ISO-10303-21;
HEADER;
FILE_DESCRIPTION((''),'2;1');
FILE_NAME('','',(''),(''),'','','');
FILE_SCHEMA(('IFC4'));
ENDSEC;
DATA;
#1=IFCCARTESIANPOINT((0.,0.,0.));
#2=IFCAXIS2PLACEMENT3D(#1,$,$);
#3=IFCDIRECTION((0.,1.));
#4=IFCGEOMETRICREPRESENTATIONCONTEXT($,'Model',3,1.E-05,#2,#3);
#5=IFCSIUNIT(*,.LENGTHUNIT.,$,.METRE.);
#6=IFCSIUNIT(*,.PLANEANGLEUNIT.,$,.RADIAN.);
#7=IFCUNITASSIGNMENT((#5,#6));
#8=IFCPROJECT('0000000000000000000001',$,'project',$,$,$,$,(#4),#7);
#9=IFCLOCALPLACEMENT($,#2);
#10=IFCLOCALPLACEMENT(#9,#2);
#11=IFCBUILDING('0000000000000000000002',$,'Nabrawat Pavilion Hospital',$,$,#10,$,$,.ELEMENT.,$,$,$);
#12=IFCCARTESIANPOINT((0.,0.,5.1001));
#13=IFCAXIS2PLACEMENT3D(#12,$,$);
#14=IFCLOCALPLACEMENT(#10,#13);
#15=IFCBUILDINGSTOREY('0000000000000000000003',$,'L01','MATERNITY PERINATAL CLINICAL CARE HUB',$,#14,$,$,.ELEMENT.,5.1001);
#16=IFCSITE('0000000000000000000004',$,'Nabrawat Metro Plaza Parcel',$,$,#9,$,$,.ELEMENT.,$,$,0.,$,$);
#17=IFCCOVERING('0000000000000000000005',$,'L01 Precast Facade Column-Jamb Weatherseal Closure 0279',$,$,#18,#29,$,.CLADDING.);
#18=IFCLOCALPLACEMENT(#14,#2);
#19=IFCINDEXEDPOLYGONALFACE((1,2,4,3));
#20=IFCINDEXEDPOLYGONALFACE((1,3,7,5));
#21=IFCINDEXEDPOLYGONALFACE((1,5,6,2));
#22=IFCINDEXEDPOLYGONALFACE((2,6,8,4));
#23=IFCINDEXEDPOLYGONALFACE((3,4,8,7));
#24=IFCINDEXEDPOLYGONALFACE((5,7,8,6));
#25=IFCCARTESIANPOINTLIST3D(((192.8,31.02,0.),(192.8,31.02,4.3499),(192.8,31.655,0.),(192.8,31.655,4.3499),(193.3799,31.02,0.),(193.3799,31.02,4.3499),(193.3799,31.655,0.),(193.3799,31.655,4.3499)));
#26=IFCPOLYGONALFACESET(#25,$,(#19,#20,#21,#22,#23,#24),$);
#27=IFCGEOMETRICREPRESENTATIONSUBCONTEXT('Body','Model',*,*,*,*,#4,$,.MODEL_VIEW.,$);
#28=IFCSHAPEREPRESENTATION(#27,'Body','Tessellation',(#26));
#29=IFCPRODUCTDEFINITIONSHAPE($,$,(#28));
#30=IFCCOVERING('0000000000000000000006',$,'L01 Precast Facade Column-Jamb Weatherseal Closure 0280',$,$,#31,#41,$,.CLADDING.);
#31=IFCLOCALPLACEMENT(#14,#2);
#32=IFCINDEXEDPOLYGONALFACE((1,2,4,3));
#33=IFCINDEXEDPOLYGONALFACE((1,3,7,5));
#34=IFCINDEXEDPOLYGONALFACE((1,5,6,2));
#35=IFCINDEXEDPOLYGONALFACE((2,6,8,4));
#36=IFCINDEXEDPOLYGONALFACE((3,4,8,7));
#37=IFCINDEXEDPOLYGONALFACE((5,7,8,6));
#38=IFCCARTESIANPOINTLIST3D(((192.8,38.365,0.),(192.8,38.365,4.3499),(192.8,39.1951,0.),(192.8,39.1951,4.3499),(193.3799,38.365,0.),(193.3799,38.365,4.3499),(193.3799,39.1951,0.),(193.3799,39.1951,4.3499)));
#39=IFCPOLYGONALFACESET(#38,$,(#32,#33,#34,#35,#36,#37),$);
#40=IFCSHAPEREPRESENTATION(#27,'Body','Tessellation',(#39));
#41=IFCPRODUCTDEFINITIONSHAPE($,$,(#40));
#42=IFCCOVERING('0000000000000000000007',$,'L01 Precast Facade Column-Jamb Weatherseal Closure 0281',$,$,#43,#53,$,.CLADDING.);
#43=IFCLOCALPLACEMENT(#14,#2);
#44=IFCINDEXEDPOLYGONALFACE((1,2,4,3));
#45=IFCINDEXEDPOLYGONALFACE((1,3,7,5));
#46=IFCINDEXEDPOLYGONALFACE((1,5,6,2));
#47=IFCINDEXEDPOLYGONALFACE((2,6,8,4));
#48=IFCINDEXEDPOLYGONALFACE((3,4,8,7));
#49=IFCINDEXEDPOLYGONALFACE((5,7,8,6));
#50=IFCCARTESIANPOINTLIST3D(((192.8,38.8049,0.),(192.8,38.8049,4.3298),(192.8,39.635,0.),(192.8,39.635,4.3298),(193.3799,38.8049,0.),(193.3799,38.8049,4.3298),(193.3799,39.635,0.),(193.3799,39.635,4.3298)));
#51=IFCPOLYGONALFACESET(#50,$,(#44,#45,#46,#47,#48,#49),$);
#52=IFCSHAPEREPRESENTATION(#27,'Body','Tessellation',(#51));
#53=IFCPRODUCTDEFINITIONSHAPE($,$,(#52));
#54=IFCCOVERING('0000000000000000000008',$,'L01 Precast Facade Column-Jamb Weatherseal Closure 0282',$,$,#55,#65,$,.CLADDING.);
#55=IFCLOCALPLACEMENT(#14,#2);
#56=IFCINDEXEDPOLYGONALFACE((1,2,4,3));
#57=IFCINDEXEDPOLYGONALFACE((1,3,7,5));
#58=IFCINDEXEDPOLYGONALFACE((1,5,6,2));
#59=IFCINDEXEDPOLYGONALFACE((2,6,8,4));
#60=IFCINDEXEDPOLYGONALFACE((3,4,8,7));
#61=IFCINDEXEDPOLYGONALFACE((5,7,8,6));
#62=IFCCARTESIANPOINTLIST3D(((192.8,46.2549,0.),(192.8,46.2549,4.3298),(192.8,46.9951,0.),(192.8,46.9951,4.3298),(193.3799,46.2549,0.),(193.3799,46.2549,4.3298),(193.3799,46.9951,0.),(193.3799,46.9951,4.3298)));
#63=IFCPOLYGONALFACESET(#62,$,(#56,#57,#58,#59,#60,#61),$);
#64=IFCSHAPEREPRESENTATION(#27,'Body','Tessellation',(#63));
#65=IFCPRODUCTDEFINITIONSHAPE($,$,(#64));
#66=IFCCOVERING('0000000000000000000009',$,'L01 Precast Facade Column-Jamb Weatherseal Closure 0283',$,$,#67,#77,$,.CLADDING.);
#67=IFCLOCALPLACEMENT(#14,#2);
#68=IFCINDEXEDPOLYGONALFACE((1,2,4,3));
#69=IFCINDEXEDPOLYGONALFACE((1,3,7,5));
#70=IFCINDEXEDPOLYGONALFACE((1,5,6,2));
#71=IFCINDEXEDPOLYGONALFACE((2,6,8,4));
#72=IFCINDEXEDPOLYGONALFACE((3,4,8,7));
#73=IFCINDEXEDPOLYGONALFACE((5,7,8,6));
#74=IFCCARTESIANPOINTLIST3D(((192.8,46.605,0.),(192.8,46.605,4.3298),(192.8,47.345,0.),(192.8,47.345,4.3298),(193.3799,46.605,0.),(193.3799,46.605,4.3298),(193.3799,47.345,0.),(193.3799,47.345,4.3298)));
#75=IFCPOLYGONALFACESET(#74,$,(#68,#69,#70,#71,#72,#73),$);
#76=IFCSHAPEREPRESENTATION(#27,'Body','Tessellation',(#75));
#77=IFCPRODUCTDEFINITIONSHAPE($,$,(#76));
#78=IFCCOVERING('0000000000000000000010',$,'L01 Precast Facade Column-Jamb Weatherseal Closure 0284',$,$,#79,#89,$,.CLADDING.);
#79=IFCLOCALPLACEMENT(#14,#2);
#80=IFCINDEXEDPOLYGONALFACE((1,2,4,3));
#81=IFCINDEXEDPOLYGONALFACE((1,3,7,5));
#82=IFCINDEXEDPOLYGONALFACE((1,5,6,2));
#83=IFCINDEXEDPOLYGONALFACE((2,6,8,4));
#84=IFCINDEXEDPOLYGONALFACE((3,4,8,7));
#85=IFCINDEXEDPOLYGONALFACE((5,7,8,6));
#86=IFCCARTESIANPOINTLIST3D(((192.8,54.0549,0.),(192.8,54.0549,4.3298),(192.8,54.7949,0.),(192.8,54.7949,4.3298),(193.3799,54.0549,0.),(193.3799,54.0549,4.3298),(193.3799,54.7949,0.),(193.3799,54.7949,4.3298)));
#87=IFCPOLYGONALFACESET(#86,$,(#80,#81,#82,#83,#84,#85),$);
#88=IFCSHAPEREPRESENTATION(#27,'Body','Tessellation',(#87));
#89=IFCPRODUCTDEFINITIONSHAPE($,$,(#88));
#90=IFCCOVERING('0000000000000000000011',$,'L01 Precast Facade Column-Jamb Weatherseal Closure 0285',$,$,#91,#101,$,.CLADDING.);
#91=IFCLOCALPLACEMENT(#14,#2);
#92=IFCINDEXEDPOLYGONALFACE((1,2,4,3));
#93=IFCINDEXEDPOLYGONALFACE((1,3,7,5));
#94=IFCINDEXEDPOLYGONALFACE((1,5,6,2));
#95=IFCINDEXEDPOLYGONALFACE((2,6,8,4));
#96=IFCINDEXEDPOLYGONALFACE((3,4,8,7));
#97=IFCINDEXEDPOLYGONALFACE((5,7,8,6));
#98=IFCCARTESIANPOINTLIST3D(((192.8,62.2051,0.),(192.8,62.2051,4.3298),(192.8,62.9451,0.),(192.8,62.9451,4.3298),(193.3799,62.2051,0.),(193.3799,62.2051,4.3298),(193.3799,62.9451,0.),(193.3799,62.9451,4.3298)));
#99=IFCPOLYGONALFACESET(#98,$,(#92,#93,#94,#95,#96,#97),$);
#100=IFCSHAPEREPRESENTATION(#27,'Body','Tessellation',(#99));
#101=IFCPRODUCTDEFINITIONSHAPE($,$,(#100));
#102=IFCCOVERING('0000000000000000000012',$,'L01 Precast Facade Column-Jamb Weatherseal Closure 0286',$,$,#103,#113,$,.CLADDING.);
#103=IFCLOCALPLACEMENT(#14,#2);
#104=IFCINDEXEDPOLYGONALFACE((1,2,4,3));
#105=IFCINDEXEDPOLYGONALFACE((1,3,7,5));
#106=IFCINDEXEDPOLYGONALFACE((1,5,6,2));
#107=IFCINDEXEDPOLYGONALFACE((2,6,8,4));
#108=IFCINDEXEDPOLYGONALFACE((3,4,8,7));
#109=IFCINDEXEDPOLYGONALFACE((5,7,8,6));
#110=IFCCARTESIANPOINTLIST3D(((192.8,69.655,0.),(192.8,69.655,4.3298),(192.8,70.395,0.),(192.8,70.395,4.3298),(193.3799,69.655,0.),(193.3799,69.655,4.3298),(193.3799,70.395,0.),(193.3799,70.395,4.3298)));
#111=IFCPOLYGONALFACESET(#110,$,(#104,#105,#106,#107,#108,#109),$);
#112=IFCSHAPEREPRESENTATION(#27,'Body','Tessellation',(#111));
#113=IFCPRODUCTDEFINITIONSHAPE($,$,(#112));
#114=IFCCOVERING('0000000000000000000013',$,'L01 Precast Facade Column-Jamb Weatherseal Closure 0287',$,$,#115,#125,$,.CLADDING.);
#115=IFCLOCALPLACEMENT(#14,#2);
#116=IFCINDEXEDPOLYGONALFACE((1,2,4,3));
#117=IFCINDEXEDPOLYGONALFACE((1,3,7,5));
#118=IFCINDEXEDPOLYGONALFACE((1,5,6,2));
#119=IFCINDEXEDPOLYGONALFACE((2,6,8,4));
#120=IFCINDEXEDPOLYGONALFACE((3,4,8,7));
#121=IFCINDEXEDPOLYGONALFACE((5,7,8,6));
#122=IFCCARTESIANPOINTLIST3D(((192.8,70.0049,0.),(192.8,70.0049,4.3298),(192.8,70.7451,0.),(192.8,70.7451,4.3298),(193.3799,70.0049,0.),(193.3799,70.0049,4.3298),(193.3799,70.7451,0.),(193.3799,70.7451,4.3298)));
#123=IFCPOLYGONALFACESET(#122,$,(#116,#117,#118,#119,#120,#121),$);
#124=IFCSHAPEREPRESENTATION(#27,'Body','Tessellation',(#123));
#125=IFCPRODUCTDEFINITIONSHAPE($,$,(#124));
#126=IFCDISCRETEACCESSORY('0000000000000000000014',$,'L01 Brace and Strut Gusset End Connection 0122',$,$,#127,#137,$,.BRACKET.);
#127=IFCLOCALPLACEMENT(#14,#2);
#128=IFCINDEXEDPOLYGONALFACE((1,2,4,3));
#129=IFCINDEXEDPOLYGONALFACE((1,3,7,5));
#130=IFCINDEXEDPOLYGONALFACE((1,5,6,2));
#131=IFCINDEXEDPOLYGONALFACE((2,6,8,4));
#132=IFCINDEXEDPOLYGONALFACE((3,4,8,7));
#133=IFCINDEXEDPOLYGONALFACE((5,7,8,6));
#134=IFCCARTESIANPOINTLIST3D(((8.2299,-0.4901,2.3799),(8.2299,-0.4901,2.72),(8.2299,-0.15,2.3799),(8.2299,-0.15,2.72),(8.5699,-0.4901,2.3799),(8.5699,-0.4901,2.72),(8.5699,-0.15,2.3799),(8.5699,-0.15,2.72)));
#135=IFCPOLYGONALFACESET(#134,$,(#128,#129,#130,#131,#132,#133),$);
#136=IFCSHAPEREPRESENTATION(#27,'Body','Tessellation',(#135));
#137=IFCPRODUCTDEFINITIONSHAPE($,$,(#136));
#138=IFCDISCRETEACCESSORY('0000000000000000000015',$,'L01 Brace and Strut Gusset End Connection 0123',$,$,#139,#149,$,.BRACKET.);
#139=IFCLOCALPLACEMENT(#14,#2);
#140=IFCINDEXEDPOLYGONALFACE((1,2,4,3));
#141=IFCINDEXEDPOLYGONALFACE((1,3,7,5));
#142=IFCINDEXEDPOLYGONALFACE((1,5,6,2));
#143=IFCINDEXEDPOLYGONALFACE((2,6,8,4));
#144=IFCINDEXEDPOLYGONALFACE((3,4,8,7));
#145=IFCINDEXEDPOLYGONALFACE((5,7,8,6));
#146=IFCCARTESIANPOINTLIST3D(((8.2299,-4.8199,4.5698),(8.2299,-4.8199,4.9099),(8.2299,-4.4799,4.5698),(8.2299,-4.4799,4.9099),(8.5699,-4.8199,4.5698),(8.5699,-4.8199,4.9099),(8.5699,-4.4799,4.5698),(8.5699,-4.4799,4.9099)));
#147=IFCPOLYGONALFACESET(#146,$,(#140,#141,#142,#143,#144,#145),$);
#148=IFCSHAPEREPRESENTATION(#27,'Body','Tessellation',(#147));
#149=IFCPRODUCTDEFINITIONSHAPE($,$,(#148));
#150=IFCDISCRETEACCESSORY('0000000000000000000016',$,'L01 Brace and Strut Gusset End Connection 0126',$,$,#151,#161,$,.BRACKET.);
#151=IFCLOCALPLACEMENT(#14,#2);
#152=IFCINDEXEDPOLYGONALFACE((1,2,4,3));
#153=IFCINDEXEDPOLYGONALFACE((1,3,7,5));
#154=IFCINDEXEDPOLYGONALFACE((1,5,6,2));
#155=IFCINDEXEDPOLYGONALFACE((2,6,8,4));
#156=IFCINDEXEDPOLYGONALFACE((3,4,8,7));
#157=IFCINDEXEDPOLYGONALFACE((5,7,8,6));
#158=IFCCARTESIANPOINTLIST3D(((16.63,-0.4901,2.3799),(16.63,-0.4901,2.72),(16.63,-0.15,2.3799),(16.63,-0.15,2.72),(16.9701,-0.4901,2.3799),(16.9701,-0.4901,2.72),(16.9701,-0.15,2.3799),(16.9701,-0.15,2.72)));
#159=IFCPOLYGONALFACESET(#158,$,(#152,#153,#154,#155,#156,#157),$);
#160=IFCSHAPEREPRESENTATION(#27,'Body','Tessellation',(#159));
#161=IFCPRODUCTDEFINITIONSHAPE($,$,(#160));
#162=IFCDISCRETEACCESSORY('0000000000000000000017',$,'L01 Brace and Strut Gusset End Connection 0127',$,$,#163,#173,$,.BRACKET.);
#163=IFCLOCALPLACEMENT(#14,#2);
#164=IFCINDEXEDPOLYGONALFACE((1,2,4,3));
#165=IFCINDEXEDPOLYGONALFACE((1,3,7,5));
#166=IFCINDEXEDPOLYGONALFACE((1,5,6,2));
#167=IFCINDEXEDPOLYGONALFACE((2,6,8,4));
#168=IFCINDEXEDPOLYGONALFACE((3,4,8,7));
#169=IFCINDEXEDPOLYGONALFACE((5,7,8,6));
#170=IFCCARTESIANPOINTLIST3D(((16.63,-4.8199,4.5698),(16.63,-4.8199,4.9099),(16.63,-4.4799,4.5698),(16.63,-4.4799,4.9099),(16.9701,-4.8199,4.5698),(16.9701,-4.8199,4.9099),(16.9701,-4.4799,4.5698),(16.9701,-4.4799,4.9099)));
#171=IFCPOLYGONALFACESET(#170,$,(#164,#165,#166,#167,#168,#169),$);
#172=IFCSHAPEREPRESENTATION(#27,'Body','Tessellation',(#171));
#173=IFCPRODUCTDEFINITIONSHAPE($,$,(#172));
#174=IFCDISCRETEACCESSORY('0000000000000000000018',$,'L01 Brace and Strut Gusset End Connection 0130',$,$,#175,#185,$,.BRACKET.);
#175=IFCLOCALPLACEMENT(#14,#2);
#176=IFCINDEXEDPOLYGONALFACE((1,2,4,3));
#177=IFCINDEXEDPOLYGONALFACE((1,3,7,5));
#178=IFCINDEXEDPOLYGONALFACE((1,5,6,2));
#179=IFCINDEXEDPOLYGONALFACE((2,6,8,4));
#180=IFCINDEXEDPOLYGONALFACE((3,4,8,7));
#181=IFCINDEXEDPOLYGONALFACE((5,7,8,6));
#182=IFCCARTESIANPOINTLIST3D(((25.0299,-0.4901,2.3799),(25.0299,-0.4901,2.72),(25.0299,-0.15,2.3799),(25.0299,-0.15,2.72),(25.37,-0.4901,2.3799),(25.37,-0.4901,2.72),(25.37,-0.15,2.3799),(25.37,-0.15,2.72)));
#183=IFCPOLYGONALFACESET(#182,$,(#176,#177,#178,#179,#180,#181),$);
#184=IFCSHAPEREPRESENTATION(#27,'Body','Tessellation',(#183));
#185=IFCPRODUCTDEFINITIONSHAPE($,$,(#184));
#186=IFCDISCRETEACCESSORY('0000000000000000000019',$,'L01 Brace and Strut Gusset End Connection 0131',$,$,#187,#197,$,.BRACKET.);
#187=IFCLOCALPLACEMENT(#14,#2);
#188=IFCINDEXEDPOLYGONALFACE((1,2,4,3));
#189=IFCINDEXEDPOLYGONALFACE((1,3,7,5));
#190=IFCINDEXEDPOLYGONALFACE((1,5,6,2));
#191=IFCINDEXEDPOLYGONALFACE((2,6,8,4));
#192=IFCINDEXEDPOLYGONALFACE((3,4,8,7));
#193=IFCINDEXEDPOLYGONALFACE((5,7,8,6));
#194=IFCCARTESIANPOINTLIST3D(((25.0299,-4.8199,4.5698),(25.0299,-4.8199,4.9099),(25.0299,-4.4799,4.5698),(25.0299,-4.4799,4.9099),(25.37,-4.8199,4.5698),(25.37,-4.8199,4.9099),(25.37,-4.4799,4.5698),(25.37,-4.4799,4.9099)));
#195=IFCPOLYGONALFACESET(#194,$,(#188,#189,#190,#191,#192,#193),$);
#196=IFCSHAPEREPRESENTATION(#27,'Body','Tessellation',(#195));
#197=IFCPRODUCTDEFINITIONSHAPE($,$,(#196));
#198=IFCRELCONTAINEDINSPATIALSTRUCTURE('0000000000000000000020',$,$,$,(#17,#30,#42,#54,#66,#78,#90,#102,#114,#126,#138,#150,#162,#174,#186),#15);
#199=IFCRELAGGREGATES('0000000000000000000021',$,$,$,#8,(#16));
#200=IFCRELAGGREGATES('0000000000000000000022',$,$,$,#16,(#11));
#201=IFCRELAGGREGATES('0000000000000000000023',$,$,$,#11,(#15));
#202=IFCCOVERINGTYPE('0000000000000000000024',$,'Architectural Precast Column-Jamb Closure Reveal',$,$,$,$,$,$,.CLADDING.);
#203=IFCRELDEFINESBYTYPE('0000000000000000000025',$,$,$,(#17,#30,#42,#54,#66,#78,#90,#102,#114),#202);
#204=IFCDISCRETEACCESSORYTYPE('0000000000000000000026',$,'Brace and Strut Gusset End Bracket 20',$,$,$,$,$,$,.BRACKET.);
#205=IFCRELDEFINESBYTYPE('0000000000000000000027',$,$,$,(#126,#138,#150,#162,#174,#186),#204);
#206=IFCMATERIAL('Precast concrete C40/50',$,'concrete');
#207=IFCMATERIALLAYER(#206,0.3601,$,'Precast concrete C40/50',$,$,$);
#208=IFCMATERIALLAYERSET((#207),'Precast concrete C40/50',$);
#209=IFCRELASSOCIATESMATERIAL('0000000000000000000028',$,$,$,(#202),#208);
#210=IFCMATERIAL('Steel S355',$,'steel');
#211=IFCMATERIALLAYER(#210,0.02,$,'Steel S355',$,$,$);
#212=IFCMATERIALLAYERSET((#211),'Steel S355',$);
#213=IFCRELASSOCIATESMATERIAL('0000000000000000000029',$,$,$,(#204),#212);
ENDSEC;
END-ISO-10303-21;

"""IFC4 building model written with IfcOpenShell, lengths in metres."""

from ifc_helpers import new_model, si_unit, direction, frame, origin, origin_2d, place, context, subcontext, project, spatial, polyline, rectangle, outline, extrude, material, layer, layer_set, type_object, element, save


model = new_model("IFC4")

# Units and contexts
model_context = context("Model", 3, precision=1e-05, world=origin(), true_north=direction((0.0, 1.0)))
body_context = subcontext(model_context, "Body", "Model", "MODEL_VIEW")
ifc_project = project(units=[si_unit("LENGTHUNIT", "METRE"), si_unit("PLANEANGLEUNIT", "RADIAN")], contexts=[model_context])

# Site, building, storey
site_placement = place(None, origin())
site = spatial("IfcSite", under=ifc_project, at=site_placement, Name="Nabrawat Metro Plaza Parcel", CompositionType="ELEMENT", RefElevation=0.0)
building_placement = place(site_placement, origin())
building = spatial("IfcBuilding", under=site, at=building_placement, Name="Nabrawat Pavilion Hospital", CompositionType="ELEMENT")
storey_placement = place(building_placement, frame((0.0, 0.0, 5.1001)))
storey = spatial("IfcBuildingStorey", under=building, at=storey_placement, Name="L01", Description="MATERNITY PERINATAL CLINICAL CARE HUB", CompositionType="ELEMENT", Elevation=5.1001)

# Shared definitions
ifc_material_1 = material(Name="Precast concrete C40/50", Category="concrete")

# Shared definitions
ifc_material_2 = material(Name="Steel S355", Category="steel")

# Coverings
ifc_layer_1 = layer(ifc_material_1, 0.3601, Name="Precast concrete C40/50")
ifc_layer_set_1 = layer_set([ifc_layer_1], Name="Precast concrete C40/50")
covering_type = type_object("IfcCoveringType", Name="Architectural Precast Column-Jamb Closure Reveal", PredefinedType="CLADDING", material=ifc_layer_set_1)
covering_1_placement = place(storey_placement, origin())
element("IfcCovering", 1, at=covering_1_placement, inside=storey, type_object=covering_type, Name="L01 Precast Facade Column-Jamb Weatherseal Closure 0279", PredefinedType="CLADDING", context=body_context, shape_type="SweptSolid", body=[
    extrude(outline(polyline([(193.3799, 31.02), (193.3799, 31.655), (192.8, 31.655), (192.8, 31.02), (193.3799, 31.02)])), origin(), (0.0, 0.0, 1.0), 4.3499),
])
covering_2_placement = place(storey_placement, origin())
element("IfcCovering", 2, at=covering_2_placement, inside=storey, type_object=covering_type, Name="L01 Precast Facade Column-Jamb Weatherseal Closure 0280", PredefinedType="CLADDING", context=body_context, shape_type="SweptSolid", body=[
    extrude(outline(polyline([(193.3799, 38.365), (193.3799, 39.1951), (192.8, 39.1951), (192.8, 38.365), (193.3799, 38.365)])), origin(), (0.0, 0.0, 1.0), 4.3499),
])
covering_3_placement = place(storey_placement, origin())
element("IfcCovering", 3, at=covering_3_placement, inside=storey, type_object=covering_type, Name="L01 Precast Facade Column-Jamb Weatherseal Closure 0281", PredefinedType="CLADDING", context=body_context, shape_type="SweptSolid", body=[
    extrude(outline(polyline([(193.3799, 38.8049), (193.3799, 39.635), (192.8, 39.635), (192.8, 38.8049), (193.3799, 38.8049)])), origin(), (0.0, 0.0, 1.0), 4.3298),
])
covering_4_placement = place(storey_placement, origin())
element("IfcCovering", 4, at=covering_4_placement, inside=storey, type_object=covering_type, Name="L01 Precast Facade Column-Jamb Weatherseal Closure 0282", PredefinedType="CLADDING", context=body_context, shape_type="SweptSolid", body=[
    extrude(outline(polyline([(193.3799, 46.2549), (193.3799, 46.9951), (192.8, 46.9951), (192.8, 46.2549), (193.3799, 46.2549)])), origin(), (0.0, 0.0, 1.0), 4.3298),
])
covering_5_placement = place(storey_placement, origin())
element("IfcCovering", 5, at=covering_5_placement, inside=storey, type_object=covering_type, Name="L01 Precast Facade Column-Jamb Weatherseal Closure 0283", PredefinedType="CLADDING", context=body_context, shape_type="SweptSolid", body=[
    extrude(outline(polyline([(193.3799, 46.605), (193.3799, 47.345), (192.8, 47.345), (192.8, 46.605), (193.3799, 46.605)])), origin(), (0.0, 0.0, 1.0), 4.3298),
])
covering_6_placement = place(storey_placement, origin())
element("IfcCovering", 6, at=covering_6_placement, inside=storey, type_object=covering_type, Name="L01 Precast Facade Column-Jamb Weatherseal Closure 0284", PredefinedType="CLADDING", context=body_context, shape_type="SweptSolid", body=[
    extrude(outline(polyline([(193.3799, 54.0549), (193.3799, 54.7949), (192.8, 54.7949), (192.8, 54.0549), (193.3799, 54.0549)])), origin(), (0.0, 0.0, 1.0), 4.3298),
])
covering_7_placement = place(storey_placement, origin())
element("IfcCovering", 7, at=covering_7_placement, inside=storey, type_object=covering_type, Name="L01 Precast Facade Column-Jamb Weatherseal Closure 0285", PredefinedType="CLADDING", context=body_context, shape_type="SweptSolid", body=[
    extrude(outline(polyline([(193.3799, 62.2051), (193.3799, 62.9451), (192.8, 62.9451), (192.8, 62.2051), (193.3799, 62.2051)])), origin(), (0.0, 0.0, 1.0), 4.3298),
])
covering_8_placement = place(storey_placement, origin())
element("IfcCovering", 8, at=covering_8_placement, inside=storey, type_object=covering_type, Name="L01 Precast Facade Column-Jamb Weatherseal Closure 0286", PredefinedType="CLADDING", context=body_context, shape_type="SweptSolid", body=[
    extrude(outline(polyline([(193.3799, 69.655), (193.3799, 70.395), (192.8, 70.395), (192.8, 69.655), (193.3799, 69.655)])), origin(), (0.0, 0.0, 1.0), 4.3298),
])
covering_9_placement = place(storey_placement, origin())
element("IfcCovering", 9, at=covering_9_placement, inside=storey, type_object=covering_type, Name="L01 Precast Facade Column-Jamb Weatherseal Closure 0287", PredefinedType="CLADDING", context=body_context, shape_type="SweptSolid", body=[
    extrude(outline(polyline([(193.3799, 70.0049), (193.3799, 70.7451), (192.8, 70.7451), (192.8, 70.0049), (193.3799, 70.0049)])), origin(), (0.0, 0.0, 1.0), 4.3298),
])

# Discrete accessories
ifc_layer_2 = layer(ifc_material_2, 0.02, Name="Steel S355")
ifc_layer_set_2 = layer_set([ifc_layer_2], Name="Steel S355")
discrete_accessory_type = type_object("IfcDiscreteAccessoryType", Name="Brace and Strut Gusset End Bracket 20", PredefinedType="BRACKET", material=ifc_layer_set_2)
for number, where, z_axis, x_axis, name in (
    (10, (8.3999, -0.3201, 2.3799), (0.0, 0.0, 1.0), (1.0, 0.0, 0.0), "L01 Brace and Strut Gusset End Connection 0122"),
    (11, (8.3999, -4.6499, 4.5698), (0.0, 0.0, 1.0), (1.0, 0.0, 0.0), "L01 Brace and Strut Gusset End Connection 0123"),
    (12, (16.8, -0.3201, 2.3799), (0.0, 0.0, 1.0), (1.0, 0.0, 0.0), "L01 Brace and Strut Gusset End Connection 0126"),
    (13, (16.8, -4.6499, 4.5698), (0.0, 0.0, 1.0), (1.0, 0.0, 0.0), "L01 Brace and Strut Gusset End Connection 0127"),
    (14, (25.2, -0.3201, 2.3799), (0.0, 0.0, 1.0), (1.0, 0.0, 0.0), "L01 Brace and Strut Gusset End Connection 0130"),
    (15, (25.2, -4.6499, 4.5698), (0.0, 0.0, 1.0), (1.0, 0.0, 0.0), "L01 Brace and Strut Gusset End Connection 0131"),
):
    element("IfcDiscreteAccessory", number, at=place(storey_placement, frame(where, z_axis=z_axis, x_axis=x_axis)), inside=storey, type_object=discrete_accessory_type, Name=name, PredefinedType="BRACKET", context=body_context, shape_type="SweptSolid", body=[
        extrude(rectangle(XDim=0.3401, YDim=0.3401, at=origin_2d()), origin(), (0.0, 0.0, 1.0), 0.3401),
    ])

save(model, "model.ifc")
